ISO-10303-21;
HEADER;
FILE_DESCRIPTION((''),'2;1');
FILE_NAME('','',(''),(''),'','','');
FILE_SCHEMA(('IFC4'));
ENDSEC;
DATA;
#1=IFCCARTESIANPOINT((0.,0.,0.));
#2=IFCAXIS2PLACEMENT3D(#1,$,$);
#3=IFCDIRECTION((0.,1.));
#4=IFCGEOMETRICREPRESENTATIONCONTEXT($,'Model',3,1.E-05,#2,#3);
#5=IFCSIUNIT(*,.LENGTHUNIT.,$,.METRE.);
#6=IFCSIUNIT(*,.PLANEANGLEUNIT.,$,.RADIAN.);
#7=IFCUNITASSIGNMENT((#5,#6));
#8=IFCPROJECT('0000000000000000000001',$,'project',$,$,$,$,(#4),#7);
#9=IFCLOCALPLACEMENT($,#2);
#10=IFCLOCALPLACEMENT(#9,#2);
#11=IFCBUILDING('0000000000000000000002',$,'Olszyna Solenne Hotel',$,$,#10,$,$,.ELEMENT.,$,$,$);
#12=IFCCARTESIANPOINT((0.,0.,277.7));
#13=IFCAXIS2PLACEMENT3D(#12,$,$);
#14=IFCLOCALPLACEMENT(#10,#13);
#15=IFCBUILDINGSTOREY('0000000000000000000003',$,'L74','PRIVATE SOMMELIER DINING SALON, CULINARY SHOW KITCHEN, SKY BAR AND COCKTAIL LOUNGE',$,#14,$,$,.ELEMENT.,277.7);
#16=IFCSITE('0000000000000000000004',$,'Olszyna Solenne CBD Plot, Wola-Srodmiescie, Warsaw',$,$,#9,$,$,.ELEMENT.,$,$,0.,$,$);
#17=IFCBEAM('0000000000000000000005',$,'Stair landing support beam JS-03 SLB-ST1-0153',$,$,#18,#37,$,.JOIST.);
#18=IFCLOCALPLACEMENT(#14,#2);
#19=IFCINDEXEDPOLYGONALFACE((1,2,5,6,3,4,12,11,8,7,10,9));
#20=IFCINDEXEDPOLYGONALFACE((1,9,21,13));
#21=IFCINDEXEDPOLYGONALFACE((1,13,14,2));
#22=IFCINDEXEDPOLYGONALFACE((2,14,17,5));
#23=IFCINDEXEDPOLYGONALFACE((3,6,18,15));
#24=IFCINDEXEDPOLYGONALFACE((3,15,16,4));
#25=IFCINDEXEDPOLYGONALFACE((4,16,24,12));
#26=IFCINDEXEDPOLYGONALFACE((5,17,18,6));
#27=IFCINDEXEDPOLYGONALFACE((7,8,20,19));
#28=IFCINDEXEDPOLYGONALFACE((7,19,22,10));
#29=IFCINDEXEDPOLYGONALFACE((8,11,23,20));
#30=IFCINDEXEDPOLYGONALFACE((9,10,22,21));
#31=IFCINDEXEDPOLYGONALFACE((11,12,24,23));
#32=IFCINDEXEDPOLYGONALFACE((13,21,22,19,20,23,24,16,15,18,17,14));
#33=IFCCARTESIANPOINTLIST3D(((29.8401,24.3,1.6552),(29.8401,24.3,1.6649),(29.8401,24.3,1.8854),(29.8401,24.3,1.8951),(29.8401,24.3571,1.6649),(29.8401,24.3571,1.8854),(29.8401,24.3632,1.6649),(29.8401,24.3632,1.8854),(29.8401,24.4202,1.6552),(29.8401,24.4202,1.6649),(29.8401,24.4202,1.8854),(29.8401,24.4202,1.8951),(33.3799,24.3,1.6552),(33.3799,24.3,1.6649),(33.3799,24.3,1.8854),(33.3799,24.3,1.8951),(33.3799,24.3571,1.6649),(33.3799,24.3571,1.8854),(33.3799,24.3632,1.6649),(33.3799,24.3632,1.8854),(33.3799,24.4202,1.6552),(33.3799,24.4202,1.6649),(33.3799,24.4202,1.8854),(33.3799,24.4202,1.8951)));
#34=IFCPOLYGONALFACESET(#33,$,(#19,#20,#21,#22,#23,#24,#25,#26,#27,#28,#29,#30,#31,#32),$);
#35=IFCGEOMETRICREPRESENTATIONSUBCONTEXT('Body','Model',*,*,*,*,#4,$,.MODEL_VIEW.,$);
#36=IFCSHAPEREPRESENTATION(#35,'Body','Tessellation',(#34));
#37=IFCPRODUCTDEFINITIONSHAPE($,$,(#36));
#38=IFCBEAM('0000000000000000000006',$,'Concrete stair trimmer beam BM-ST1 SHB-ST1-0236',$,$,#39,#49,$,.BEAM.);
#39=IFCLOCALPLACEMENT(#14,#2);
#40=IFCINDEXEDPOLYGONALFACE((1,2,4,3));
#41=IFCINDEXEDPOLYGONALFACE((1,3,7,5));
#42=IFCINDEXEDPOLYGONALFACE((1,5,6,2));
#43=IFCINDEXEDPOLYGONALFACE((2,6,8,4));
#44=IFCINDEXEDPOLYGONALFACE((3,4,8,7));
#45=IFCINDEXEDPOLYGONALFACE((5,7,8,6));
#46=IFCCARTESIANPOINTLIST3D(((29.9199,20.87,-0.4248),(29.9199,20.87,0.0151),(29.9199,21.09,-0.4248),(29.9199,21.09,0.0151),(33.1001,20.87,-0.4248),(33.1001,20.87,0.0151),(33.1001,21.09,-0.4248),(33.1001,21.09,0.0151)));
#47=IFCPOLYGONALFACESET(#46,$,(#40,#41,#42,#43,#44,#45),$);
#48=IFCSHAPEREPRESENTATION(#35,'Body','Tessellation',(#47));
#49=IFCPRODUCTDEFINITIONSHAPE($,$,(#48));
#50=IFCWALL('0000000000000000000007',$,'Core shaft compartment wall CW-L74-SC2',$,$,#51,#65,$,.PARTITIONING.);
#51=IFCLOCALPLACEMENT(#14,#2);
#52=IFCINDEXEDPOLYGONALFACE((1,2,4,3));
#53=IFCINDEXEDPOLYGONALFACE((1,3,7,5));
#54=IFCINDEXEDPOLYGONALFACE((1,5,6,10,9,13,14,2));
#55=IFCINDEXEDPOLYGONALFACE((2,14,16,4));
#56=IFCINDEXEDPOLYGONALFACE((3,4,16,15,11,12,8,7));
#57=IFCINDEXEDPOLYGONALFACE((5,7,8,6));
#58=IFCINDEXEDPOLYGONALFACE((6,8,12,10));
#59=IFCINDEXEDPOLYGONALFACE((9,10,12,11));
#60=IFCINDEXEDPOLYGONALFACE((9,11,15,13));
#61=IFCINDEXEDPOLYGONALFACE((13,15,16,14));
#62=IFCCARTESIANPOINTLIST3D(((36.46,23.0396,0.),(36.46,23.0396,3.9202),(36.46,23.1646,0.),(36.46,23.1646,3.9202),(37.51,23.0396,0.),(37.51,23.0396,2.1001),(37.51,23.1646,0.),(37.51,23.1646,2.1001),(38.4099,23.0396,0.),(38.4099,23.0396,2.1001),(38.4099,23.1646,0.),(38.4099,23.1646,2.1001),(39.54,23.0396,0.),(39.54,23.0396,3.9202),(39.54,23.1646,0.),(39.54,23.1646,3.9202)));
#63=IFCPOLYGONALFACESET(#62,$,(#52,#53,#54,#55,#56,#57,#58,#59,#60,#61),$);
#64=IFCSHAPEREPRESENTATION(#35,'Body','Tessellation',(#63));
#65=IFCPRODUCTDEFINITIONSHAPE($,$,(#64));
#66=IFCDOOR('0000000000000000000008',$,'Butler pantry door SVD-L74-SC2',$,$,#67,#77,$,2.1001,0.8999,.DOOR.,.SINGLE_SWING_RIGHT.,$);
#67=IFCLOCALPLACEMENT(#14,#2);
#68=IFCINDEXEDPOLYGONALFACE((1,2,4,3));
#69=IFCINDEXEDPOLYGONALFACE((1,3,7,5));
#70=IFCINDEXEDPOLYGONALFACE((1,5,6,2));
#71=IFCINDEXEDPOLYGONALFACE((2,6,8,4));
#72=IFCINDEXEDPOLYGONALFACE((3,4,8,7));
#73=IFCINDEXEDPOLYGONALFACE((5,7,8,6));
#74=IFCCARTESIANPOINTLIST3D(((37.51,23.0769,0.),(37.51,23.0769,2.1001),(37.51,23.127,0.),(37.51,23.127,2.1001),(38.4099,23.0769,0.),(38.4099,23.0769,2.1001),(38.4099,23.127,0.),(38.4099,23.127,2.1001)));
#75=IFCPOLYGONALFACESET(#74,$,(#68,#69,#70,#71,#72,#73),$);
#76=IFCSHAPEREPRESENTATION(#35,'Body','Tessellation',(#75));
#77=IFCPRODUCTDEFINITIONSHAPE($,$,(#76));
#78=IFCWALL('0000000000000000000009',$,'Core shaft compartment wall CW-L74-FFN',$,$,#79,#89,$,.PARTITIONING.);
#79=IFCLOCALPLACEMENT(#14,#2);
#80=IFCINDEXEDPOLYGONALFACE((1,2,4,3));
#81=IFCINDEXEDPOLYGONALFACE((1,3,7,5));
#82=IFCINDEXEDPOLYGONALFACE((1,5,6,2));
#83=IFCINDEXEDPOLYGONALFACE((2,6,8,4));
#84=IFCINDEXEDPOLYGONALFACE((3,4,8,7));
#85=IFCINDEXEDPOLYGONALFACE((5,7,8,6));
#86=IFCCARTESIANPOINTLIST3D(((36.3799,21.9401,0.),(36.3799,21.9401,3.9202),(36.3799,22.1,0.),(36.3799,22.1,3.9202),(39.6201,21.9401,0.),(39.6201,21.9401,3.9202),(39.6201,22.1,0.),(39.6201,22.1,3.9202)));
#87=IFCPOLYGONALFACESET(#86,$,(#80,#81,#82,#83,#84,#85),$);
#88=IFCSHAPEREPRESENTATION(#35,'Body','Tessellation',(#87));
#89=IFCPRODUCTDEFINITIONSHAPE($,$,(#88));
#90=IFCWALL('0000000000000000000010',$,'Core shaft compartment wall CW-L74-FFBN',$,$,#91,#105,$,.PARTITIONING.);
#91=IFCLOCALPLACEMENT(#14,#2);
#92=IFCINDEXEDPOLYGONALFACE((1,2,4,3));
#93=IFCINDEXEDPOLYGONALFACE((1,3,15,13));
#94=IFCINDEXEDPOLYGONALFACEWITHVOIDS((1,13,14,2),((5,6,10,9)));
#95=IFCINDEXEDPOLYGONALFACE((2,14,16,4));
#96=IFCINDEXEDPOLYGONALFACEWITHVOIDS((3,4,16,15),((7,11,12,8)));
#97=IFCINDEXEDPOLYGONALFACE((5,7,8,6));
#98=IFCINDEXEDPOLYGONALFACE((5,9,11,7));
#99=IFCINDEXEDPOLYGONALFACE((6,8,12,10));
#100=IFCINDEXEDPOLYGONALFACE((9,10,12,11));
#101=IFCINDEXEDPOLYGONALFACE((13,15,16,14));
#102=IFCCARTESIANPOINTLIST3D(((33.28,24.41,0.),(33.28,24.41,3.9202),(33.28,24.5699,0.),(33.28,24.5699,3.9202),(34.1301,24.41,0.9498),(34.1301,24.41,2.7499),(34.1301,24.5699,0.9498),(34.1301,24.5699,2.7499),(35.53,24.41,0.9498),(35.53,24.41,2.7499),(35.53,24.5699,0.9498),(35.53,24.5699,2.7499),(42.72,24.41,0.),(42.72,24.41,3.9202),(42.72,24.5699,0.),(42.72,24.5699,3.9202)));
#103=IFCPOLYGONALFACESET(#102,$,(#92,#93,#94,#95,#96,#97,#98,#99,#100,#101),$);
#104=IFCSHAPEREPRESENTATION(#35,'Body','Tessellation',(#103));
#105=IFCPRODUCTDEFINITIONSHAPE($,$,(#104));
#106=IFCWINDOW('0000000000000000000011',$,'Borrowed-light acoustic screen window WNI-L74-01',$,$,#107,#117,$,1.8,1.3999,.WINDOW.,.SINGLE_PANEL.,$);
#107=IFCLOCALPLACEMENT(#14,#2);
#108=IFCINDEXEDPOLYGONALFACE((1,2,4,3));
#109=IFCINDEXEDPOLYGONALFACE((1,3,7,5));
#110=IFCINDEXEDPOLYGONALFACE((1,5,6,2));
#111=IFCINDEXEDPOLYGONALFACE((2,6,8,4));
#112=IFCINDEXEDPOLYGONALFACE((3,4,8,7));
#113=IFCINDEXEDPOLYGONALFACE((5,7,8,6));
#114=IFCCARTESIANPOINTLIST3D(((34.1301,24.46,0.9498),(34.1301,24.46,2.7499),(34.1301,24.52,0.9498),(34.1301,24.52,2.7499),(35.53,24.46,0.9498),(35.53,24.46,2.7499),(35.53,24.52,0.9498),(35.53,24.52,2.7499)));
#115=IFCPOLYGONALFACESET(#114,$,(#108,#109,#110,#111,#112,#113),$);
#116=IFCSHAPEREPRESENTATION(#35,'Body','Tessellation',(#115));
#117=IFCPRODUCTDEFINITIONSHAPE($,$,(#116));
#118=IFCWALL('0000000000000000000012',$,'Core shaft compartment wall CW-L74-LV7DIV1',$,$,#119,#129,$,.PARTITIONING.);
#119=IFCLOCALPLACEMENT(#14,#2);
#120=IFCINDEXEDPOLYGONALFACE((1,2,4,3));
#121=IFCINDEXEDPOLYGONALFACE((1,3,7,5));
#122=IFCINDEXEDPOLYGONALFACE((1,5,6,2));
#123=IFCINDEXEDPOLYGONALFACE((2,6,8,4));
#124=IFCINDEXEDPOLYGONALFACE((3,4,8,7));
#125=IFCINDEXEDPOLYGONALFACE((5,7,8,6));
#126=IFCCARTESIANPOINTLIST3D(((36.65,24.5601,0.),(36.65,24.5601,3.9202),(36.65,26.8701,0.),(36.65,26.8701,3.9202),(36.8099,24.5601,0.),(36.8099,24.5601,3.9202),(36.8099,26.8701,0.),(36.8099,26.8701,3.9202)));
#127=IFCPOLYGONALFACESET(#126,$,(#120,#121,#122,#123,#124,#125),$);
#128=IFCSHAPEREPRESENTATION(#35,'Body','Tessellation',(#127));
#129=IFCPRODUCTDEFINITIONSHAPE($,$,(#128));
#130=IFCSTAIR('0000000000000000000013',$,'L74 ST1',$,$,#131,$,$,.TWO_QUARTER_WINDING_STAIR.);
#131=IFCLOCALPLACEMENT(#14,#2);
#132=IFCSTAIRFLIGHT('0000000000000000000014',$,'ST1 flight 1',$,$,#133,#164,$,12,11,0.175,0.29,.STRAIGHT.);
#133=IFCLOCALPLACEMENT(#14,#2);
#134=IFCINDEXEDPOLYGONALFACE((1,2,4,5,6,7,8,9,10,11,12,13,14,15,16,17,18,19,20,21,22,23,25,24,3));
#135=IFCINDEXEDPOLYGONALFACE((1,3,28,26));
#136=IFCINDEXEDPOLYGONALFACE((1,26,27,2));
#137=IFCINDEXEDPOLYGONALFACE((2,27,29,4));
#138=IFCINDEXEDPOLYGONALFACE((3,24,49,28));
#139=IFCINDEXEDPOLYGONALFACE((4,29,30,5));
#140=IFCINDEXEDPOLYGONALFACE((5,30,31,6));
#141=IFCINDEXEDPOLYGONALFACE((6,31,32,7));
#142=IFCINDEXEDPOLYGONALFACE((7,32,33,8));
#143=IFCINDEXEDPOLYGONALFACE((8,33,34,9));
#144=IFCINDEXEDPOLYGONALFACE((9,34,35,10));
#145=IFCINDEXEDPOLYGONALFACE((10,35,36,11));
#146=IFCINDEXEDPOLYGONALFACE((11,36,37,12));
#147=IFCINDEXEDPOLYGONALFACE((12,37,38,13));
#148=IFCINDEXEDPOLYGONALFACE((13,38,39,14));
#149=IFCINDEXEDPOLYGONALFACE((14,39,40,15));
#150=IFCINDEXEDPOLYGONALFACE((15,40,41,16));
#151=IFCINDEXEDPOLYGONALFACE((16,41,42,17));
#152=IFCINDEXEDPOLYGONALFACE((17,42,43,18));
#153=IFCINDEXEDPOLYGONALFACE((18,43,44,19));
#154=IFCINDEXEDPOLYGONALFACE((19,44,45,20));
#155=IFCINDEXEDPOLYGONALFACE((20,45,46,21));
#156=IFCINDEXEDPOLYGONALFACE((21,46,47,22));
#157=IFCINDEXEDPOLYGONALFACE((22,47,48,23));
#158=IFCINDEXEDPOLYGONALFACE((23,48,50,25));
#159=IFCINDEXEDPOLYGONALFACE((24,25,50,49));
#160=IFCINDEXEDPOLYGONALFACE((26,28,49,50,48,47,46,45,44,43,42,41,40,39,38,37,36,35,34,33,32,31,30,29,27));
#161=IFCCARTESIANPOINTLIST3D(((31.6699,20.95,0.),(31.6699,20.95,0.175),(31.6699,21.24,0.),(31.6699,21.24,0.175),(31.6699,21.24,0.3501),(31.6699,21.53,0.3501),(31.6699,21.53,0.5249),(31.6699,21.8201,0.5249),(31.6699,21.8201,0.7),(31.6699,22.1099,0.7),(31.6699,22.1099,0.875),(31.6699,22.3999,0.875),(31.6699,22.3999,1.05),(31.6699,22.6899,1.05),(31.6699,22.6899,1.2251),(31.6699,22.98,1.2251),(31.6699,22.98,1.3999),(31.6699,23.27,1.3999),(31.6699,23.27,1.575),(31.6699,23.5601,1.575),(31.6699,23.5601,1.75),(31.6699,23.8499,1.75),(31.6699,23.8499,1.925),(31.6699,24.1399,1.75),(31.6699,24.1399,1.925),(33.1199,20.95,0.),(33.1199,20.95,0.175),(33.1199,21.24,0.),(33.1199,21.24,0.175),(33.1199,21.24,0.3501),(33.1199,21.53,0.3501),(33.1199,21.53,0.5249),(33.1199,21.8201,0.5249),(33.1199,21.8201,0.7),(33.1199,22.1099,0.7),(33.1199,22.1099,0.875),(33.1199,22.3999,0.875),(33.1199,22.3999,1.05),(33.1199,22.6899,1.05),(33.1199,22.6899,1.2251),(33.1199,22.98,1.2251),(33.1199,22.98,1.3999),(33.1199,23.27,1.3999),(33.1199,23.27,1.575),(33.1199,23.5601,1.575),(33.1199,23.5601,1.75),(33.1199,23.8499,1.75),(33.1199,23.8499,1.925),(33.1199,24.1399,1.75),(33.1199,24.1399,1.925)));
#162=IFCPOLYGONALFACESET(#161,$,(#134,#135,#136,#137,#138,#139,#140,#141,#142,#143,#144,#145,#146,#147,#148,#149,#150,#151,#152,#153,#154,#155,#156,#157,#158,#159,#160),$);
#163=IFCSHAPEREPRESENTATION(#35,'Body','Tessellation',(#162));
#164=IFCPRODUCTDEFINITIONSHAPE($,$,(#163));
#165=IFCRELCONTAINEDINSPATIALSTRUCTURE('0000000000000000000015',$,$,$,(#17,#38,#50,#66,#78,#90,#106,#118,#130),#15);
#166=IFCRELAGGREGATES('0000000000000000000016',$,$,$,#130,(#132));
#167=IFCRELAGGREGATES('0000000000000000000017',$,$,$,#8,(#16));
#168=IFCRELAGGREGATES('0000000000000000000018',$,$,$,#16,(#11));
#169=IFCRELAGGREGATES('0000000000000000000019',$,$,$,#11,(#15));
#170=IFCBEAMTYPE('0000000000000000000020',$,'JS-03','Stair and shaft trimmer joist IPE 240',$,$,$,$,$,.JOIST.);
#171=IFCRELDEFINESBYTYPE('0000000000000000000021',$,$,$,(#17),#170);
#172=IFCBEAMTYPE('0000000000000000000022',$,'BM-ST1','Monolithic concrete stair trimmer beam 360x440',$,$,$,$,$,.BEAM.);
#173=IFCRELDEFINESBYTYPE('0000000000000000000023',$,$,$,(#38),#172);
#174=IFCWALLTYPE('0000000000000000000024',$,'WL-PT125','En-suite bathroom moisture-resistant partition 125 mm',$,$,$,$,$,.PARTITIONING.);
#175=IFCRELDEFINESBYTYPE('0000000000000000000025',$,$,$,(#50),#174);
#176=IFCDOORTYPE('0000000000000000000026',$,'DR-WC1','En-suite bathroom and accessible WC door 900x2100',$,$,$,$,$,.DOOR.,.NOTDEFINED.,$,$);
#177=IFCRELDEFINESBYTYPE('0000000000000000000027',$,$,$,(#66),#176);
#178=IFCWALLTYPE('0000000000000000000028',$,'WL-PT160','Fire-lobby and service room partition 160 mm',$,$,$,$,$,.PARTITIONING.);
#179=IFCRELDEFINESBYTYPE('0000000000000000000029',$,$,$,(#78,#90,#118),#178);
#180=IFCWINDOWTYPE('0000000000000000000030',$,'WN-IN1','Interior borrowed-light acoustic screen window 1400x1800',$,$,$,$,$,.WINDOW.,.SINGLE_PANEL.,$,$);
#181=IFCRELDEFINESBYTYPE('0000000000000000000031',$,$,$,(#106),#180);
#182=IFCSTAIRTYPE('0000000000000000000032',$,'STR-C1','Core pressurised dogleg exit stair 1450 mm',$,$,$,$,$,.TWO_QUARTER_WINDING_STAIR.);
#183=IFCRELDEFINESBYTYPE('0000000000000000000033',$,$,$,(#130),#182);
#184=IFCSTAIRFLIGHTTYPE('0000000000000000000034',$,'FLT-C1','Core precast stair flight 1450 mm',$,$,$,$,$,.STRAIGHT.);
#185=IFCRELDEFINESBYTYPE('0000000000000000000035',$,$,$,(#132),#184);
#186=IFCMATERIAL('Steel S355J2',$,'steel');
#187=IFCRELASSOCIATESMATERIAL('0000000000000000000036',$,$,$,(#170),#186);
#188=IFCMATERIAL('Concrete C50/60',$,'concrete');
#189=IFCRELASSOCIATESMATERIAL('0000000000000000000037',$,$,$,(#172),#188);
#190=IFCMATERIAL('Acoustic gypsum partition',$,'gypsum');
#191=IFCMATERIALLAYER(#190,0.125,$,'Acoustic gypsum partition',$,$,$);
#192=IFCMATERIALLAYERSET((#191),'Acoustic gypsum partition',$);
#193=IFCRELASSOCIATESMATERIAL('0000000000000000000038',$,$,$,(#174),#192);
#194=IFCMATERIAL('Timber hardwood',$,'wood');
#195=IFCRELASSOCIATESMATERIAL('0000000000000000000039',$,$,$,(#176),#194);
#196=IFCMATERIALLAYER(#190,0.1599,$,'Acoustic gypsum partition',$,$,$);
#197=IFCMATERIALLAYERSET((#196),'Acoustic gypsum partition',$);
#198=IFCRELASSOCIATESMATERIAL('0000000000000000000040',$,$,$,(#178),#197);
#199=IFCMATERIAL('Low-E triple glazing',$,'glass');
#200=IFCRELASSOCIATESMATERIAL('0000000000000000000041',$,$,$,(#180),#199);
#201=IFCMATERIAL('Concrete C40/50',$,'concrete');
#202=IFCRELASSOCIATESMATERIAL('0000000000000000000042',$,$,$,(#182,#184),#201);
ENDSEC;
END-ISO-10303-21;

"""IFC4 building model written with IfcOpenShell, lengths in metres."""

from ifc_helpers import new_model, si_unit, direction, frame, frame_2d, origin, origin_2d, place, context, subcontext, project, spatial, polyline, rectangle, i_section, outline, extrude, source, transform, mapped, material, layer, layer_set, material_profile, profile_set, type_object, type_shapes, element, fill, aggregate, save


model = new_model("IFC4")

# Units and contexts
model_context = context("Model", 3, precision=1e-05, world=origin(), true_north=direction((0.0, 1.0)))
body_context = subcontext(model_context, "Body", "Model", "MODEL_VIEW")
ifc_project = project(units=[si_unit("LENGTHUNIT", "METRE"), si_unit("PLANEANGLEUNIT", "RADIAN")], contexts=[model_context])

# Site, building, storey
site_placement = place(None, origin())
site = spatial("IfcSite", under=ifc_project, at=site_placement, Name="Olszyna Solenne CBD Plot, Wola-Srodmiescie, Warsaw", CompositionType="ELEMENT", RefElevation=0.0)
building_placement = place(site_placement, origin())
building = spatial("IfcBuilding", under=site, at=building_placement, Name="Olszyna Solenne Hotel", CompositionType="ELEMENT")
storey_placement = place(building_placement, frame((0.0, 0.0, 277.7)))
storey = spatial("IfcBuildingStorey", under=building, at=storey_placement, Name="L74", Description="PRIVATE SOMMELIER DINING SALON, CULINARY SHOW KITCHEN, SKY BAR AND COCKTAIL LOUNGE", CompositionType="ELEMENT", Elevation=277.7)

# Beams
ifc_material_1 = material(Name="Steel S355J2", Category="steel")
ifc_material_profile_1 = material_profile(ifc_material_1, i_section(OverallWidth=0.1201, OverallDepth=0.24, WebThickness=0.0061, FlangeThickness=0.0098, at=origin_2d()), Name="IPE 240", Category="load-bearing")
ifc_profile_set_1 = profile_set([ifc_material_profile_1], Name="Steel S355J2")
beam_type_1 = type_object("IfcBeamType", Name="JS-03", Description="Stair and shaft trimmer joist IPE 240", PredefinedType="JOIST", material=ifc_profile_set_1)
shared_shape_1 = source(origin(), body_context, "Body", "SweptSolid", [
    extrude(i_section(OverallWidth=0.1201, OverallDepth=0.24, WebThickness=0.0061, FlangeThickness=0.0098, at=origin_2d()), origin(), (0.0, 0.0, 1.0), 3.5398),
])
beam_1_placement = place(storey_placement, frame((33.3799, 24.3601, 1.7751), z_axis=(-1.0, 0.0, 0.0), x_axis=(0.0, -1.0, 0.0)))
element("IfcBeam", 1, at=beam_1_placement, inside=storey, type_object=beam_type_1, Name="Stair landing support beam JS-03 SLB-ST1-0153", PredefinedType="JOIST", context=body_context, shape_type="MappedRepresentation", body=[
    mapped(shared_shape_1, transform((0.0, 0.0, 0.0), x_axis=(1.0, 0.0, 0.0), y_axis=(0.0, 1.0, 0.0), z_axis=(0.0, 0.0, 1.0), scale=1.0)),
])
ifc_material_2 = material(Name="Concrete C50/60", Category="concrete")
ifc_material_profile_2 = material_profile(ifc_material_2, rectangle(XDim=0.22, YDim=0.4399, at=origin_2d()), Name="RC 220x440", Category="load-bearing")
ifc_profile_set_2 = profile_set([ifc_material_profile_2], Name="Concrete C50/60")
beam_type_2 = type_object("IfcBeamType", Name="BM-ST1", Description="Monolithic concrete stair trimmer beam 360x440", PredefinedType="BEAM", material=ifc_profile_set_2)
shared_shape_2 = source(origin(), body_context, "Body", "SweptSolid", [
    extrude(rectangle(XDim=0.22, YDim=0.4399, at=origin_2d()), origin(), (0.0, 0.0, 1.0), 3.1802),
])
beam_2_placement = place(storey_placement, frame((33.1001, 20.98, -0.2048), z_axis=(-1.0, 0.0, 0.0), x_axis=(0.0, -1.0, 0.0)))
element("IfcBeam", 2, at=beam_2_placement, inside=storey, type_object=beam_type_2, Name="Concrete stair trimmer beam BM-ST1 SHB-ST1-0236", PredefinedType="BEAM", context=body_context, shape_type="MappedRepresentation", body=[
    mapped(shared_shape_2, transform((0.0, 0.0, 0.0), x_axis=(1.0, 0.0, 0.0), y_axis=(0.0, 1.0, 0.0), z_axis=(0.0, 0.0, 1.0), scale=1.0)),
])

# Wall, opening, door
ifc_material_3 = material(Name="Acoustic gypsum partition", Category="gypsum")
ifc_layer_1 = layer(ifc_material_3, 0.125, Name="Acoustic gypsum partition")
ifc_layer_set_1 = layer_set([ifc_layer_1], Name="Acoustic gypsum partition")
wall_type_1 = type_object("IfcWallType", Name="WL-PT125", Description="En-suite bathroom moisture-resistant partition 125 mm", PredefinedType="PARTITIONING", material=ifc_layer_set_1)
wall_1_placement = place(storey_placement, frame((36.46, 23.1021, 0.0), z_axis=(0.0, 0.0, 1.0), x_axis=(1.0, 0.0, 0.0)))
wall_1 = element("IfcWall", 3, at=wall_1_placement, inside=storey, type_object=wall_type_1, Name="Core shaft compartment wall CW-L74-SC2", PredefinedType="PARTITIONING", context=body_context, shape_type="SweptSolid", body=[
    extrude(rectangle(XDim=3.0801, YDim=0.125, at=frame_2d((1.54, 0.0))), origin(), (0.0, 0.0, 1.0), 3.9202),
])
opening_1_placement = place(wall_1_placement, frame((1.05, 0.0, 0.0)))
opening_1 = element("IfcOpeningElement", 4, at=opening_1_placement, cuts=wall_1, PredefinedType="OPENING", context=body_context, shape_type="SweptSolid", body=[
    extrude(rectangle(XDim=0.8999, YDim=2.1001, at=frame_2d((0.45, 1.05))), frame((0.0, 0.0725, 0.0), z_axis=(0.0, -1.0, 0.0), x_axis=(1.0, 0.0, 0.0)), (0.0, 0.0, 1.0), 0.145),
])
ifc_material_4 = material(Name="Timber hardwood", Category="wood")
door_type = type_object("IfcDoorType", Name="DR-WC1", Description="En-suite bathroom and accessible WC door 900x2100", OperationType="NOTDEFINED", PredefinedType="DOOR", material=ifc_material_4)
shared_shape_3 = source(origin(), body_context, "Body", "SweptSolid", [
    extrude(rectangle(XDim=0.8999, YDim=2.1001, at=frame_2d((0.45, 1.05))), frame((0.0, 0.0249, 0.0), z_axis=(0.0, -1.0, 0.0), x_axis=(1.0, 0.0, 0.0)), (0.0, 0.0, 1.0), 0.05),
])
type_shapes(door_type, [shared_shape_3])
door_placement = place(opening_1_placement, origin())
door = element("IfcDoor", 5, at=door_placement, inside=storey, type_object=door_type, Name="Butler pantry door SVD-L74-SC2", OperationType="SINGLE_SWING_RIGHT", OverallHeight=2.1001, OverallWidth=0.8999, PredefinedType="DOOR", context=body_context, shape_type="MappedRepresentation", body=[
    mapped(shared_shape_3, transform((0.0, 0.0, 0.0), x_axis=(1.0, 0.0, 0.0), y_axis=(0.0, 1.0, 0.0), z_axis=(0.0, 0.0, 1.0), scale=1.0)),
])
fill(opening_1, door)

# Wall
ifc_layer_2 = layer(ifc_material_3, 0.1599, Name="Acoustic gypsum partition")
ifc_layer_set_2 = layer_set([ifc_layer_2], Name="Acoustic gypsum partition")
wall_type_2 = type_object("IfcWallType", Name="WL-PT160", Description="Fire-lobby and service room partition 160 mm", PredefinedType="PARTITIONING", material=ifc_layer_set_2)
wall_2_placement = place(storey_placement, frame((36.3799, 22.02, 0.0), z_axis=(0.0, 0.0, 1.0), x_axis=(1.0, 0.0, 0.0)))
element("IfcWall", 6, at=wall_2_placement, inside=storey, type_object=wall_type_2, Name="Core shaft compartment wall CW-L74-FFN", PredefinedType="PARTITIONING", context=body_context, shape_type="SweptSolid", body=[
    extrude(rectangle(XDim=3.2402, YDim=0.1599, at=frame_2d((1.6201, 0.0))), origin(), (0.0, 0.0, 1.0), 3.9202),
])

# Wall, opening, window
wall_3_placement = place(storey_placement, frame((33.28, 24.49, 0.0), z_axis=(0.0, 0.0, 1.0), x_axis=(1.0, 0.0, 0.0)))
wall_3 = element("IfcWall", 7, at=wall_3_placement, inside=storey, type_object=wall_type_2, Name="Core shaft compartment wall CW-L74-FFBN", PredefinedType="PARTITIONING", context=body_context, shape_type="SweptSolid", body=[
    extrude(rectangle(XDim=9.4399, YDim=0.1599, at=frame_2d((4.72, 0.0))), origin(), (0.0, 0.0, 1.0), 3.9202),
])
opening_2_placement = place(wall_3_placement, frame((0.8501, 0.0, 0.95)))
opening_2 = element("IfcOpeningElement", 8, at=opening_2_placement, cuts=wall_3, PredefinedType="OPENING", context=body_context, shape_type="SweptSolid", body=[
    extrude(rectangle(XDim=1.3999, YDim=1.8, at=frame_2d((0.7, 0.8999))), frame((0.0, 0.0898, 0.0), z_axis=(0.0, -1.0, 0.0), x_axis=(1.0, 0.0, 0.0)), (0.0, 0.0, 1.0), 0.1799),
])
ifc_material_5 = material(Name="Low-E triple glazing", Category="glass")
window_type = type_object("IfcWindowType", Name="WN-IN1", Description="Interior borrowed-light acoustic screen window 1400x1800", PartitioningType="SINGLE_PANEL", PredefinedType="WINDOW", material=ifc_material_5)
shared_shape_4 = source(origin(), body_context, "Body", "SweptSolid", [
    extrude(rectangle(XDim=1.3999, YDim=1.8, at=frame_2d((0.7, 0.8999))), frame((0.0, 0.03, 0.0), z_axis=(0.0, -1.0, 0.0), x_axis=(1.0, 0.0, 0.0)), (0.0, 0.0, 1.0), 0.0601),
])
type_shapes(window_type, [shared_shape_4])
window_placement = place(opening_2_placement, origin())
window = element("IfcWindow", 9, at=window_placement, inside=storey, type_object=window_type, Name="Borrowed-light acoustic screen window WNI-L74-01", OverallHeight=1.8, OverallWidth=1.3999, PartitioningType="SINGLE_PANEL", PredefinedType="WINDOW", context=body_context, shape_type="MappedRepresentation", body=[
    mapped(shared_shape_4, transform((0.0, 0.0, 0.0), x_axis=(1.0, 0.0, 0.0), y_axis=(0.0, 1.0, 0.0), z_axis=(0.0, 0.0, 1.0), scale=1.0)),
])
fill(opening_2, window)

# Wall
wall_4_placement = place(storey_placement, frame((36.73, 24.5601, 0.0), z_axis=(0.0, 0.0, 1.0), x_axis=(0.0, 1.0, 0.0)))
element("IfcWall", 10, at=wall_4_placement, inside=storey, type_object=wall_type_2, Name="Core shaft compartment wall CW-L74-LV7DIV1", PredefinedType="PARTITIONING", context=body_context, shape_type="SweptSolid", body=[
    extrude(rectangle(XDim=2.3101, YDim=0.1599, at=frame_2d((1.155, 0.0))), origin(), (0.0, 0.0, 1.0), 3.9202),
])

# Stair, stair flight
ifc_material_6 = material(Name="Concrete C40/50", Category="concrete")
stair_type = type_object("IfcStairType", Name="STR-C1", Description="Core pressurised dogleg exit stair 1450 mm", PredefinedType="TWO_QUARTER_WINDING_STAIR", material=ifc_material_6)
stair_placement = place(storey_placement, origin())
stair = element("IfcStair", 11, at=stair_placement, inside=storey, type_object=stair_type, Name="L74 ST1", PredefinedType="TWO_QUARTER_WINDING_STAIR")
stair_flight_type = type_object("IfcStairFlightType", Name="FLT-C1", Description="Core precast stair flight 1450 mm", PredefinedType="STRAIGHT", material=ifc_material_6)
stair_flight_1_placement = place(storey_placement, frame((32.395, 20.95, 0.0), z_axis=(0.0, 0.0, 1.0), x_axis=(0.0, 1.0, 0.0)))
stair_flight_1 = element("IfcStairFlight", 12, at=stair_flight_1_placement, type_object=stair_flight_type, Name="ST1 flight 1", NumberOfRisers=12, NumberOfTreads=11, PredefinedType="STRAIGHT", RiserHeight=0.175, TreadLength=0.29, context=body_context, shape_type="SweptSolid", body=[
    extrude(outline(polyline([(0.0, 0.0), (0.0, 0.175), (0.29, 0.175), (0.29, 0.3501), (0.5801, 0.3501), (0.5801, 0.5249), (0.8701, 0.5249), (0.8701, 0.7), (1.1599, 0.7), (1.1599, 0.875), (1.45, 0.875), (1.45, 1.05), (1.74, 1.05), (1.74, 1.2251), (2.03, 1.2251), (2.03, 1.3999), (2.3201, 1.3999), (2.3201, 1.575), (2.6101, 1.575), (2.6101, 1.75), (2.8999, 1.75), (2.8999, 1.925), (3.1899, 1.925), (3.1899, 2.1001), (3.1899, 1.75), (0.29, 0.0), (0.0, 0.0)])), frame((0.0, 0.7251, 0.0), z_axis=(0.0, -1.0, 0.0), x_axis=(1.0, 0.0, 0.0)), (0.0, 0.0, 1.0), 1.45),
])
aggregate(stair, [stair_flight_1])

save(model, "model.ifc")
